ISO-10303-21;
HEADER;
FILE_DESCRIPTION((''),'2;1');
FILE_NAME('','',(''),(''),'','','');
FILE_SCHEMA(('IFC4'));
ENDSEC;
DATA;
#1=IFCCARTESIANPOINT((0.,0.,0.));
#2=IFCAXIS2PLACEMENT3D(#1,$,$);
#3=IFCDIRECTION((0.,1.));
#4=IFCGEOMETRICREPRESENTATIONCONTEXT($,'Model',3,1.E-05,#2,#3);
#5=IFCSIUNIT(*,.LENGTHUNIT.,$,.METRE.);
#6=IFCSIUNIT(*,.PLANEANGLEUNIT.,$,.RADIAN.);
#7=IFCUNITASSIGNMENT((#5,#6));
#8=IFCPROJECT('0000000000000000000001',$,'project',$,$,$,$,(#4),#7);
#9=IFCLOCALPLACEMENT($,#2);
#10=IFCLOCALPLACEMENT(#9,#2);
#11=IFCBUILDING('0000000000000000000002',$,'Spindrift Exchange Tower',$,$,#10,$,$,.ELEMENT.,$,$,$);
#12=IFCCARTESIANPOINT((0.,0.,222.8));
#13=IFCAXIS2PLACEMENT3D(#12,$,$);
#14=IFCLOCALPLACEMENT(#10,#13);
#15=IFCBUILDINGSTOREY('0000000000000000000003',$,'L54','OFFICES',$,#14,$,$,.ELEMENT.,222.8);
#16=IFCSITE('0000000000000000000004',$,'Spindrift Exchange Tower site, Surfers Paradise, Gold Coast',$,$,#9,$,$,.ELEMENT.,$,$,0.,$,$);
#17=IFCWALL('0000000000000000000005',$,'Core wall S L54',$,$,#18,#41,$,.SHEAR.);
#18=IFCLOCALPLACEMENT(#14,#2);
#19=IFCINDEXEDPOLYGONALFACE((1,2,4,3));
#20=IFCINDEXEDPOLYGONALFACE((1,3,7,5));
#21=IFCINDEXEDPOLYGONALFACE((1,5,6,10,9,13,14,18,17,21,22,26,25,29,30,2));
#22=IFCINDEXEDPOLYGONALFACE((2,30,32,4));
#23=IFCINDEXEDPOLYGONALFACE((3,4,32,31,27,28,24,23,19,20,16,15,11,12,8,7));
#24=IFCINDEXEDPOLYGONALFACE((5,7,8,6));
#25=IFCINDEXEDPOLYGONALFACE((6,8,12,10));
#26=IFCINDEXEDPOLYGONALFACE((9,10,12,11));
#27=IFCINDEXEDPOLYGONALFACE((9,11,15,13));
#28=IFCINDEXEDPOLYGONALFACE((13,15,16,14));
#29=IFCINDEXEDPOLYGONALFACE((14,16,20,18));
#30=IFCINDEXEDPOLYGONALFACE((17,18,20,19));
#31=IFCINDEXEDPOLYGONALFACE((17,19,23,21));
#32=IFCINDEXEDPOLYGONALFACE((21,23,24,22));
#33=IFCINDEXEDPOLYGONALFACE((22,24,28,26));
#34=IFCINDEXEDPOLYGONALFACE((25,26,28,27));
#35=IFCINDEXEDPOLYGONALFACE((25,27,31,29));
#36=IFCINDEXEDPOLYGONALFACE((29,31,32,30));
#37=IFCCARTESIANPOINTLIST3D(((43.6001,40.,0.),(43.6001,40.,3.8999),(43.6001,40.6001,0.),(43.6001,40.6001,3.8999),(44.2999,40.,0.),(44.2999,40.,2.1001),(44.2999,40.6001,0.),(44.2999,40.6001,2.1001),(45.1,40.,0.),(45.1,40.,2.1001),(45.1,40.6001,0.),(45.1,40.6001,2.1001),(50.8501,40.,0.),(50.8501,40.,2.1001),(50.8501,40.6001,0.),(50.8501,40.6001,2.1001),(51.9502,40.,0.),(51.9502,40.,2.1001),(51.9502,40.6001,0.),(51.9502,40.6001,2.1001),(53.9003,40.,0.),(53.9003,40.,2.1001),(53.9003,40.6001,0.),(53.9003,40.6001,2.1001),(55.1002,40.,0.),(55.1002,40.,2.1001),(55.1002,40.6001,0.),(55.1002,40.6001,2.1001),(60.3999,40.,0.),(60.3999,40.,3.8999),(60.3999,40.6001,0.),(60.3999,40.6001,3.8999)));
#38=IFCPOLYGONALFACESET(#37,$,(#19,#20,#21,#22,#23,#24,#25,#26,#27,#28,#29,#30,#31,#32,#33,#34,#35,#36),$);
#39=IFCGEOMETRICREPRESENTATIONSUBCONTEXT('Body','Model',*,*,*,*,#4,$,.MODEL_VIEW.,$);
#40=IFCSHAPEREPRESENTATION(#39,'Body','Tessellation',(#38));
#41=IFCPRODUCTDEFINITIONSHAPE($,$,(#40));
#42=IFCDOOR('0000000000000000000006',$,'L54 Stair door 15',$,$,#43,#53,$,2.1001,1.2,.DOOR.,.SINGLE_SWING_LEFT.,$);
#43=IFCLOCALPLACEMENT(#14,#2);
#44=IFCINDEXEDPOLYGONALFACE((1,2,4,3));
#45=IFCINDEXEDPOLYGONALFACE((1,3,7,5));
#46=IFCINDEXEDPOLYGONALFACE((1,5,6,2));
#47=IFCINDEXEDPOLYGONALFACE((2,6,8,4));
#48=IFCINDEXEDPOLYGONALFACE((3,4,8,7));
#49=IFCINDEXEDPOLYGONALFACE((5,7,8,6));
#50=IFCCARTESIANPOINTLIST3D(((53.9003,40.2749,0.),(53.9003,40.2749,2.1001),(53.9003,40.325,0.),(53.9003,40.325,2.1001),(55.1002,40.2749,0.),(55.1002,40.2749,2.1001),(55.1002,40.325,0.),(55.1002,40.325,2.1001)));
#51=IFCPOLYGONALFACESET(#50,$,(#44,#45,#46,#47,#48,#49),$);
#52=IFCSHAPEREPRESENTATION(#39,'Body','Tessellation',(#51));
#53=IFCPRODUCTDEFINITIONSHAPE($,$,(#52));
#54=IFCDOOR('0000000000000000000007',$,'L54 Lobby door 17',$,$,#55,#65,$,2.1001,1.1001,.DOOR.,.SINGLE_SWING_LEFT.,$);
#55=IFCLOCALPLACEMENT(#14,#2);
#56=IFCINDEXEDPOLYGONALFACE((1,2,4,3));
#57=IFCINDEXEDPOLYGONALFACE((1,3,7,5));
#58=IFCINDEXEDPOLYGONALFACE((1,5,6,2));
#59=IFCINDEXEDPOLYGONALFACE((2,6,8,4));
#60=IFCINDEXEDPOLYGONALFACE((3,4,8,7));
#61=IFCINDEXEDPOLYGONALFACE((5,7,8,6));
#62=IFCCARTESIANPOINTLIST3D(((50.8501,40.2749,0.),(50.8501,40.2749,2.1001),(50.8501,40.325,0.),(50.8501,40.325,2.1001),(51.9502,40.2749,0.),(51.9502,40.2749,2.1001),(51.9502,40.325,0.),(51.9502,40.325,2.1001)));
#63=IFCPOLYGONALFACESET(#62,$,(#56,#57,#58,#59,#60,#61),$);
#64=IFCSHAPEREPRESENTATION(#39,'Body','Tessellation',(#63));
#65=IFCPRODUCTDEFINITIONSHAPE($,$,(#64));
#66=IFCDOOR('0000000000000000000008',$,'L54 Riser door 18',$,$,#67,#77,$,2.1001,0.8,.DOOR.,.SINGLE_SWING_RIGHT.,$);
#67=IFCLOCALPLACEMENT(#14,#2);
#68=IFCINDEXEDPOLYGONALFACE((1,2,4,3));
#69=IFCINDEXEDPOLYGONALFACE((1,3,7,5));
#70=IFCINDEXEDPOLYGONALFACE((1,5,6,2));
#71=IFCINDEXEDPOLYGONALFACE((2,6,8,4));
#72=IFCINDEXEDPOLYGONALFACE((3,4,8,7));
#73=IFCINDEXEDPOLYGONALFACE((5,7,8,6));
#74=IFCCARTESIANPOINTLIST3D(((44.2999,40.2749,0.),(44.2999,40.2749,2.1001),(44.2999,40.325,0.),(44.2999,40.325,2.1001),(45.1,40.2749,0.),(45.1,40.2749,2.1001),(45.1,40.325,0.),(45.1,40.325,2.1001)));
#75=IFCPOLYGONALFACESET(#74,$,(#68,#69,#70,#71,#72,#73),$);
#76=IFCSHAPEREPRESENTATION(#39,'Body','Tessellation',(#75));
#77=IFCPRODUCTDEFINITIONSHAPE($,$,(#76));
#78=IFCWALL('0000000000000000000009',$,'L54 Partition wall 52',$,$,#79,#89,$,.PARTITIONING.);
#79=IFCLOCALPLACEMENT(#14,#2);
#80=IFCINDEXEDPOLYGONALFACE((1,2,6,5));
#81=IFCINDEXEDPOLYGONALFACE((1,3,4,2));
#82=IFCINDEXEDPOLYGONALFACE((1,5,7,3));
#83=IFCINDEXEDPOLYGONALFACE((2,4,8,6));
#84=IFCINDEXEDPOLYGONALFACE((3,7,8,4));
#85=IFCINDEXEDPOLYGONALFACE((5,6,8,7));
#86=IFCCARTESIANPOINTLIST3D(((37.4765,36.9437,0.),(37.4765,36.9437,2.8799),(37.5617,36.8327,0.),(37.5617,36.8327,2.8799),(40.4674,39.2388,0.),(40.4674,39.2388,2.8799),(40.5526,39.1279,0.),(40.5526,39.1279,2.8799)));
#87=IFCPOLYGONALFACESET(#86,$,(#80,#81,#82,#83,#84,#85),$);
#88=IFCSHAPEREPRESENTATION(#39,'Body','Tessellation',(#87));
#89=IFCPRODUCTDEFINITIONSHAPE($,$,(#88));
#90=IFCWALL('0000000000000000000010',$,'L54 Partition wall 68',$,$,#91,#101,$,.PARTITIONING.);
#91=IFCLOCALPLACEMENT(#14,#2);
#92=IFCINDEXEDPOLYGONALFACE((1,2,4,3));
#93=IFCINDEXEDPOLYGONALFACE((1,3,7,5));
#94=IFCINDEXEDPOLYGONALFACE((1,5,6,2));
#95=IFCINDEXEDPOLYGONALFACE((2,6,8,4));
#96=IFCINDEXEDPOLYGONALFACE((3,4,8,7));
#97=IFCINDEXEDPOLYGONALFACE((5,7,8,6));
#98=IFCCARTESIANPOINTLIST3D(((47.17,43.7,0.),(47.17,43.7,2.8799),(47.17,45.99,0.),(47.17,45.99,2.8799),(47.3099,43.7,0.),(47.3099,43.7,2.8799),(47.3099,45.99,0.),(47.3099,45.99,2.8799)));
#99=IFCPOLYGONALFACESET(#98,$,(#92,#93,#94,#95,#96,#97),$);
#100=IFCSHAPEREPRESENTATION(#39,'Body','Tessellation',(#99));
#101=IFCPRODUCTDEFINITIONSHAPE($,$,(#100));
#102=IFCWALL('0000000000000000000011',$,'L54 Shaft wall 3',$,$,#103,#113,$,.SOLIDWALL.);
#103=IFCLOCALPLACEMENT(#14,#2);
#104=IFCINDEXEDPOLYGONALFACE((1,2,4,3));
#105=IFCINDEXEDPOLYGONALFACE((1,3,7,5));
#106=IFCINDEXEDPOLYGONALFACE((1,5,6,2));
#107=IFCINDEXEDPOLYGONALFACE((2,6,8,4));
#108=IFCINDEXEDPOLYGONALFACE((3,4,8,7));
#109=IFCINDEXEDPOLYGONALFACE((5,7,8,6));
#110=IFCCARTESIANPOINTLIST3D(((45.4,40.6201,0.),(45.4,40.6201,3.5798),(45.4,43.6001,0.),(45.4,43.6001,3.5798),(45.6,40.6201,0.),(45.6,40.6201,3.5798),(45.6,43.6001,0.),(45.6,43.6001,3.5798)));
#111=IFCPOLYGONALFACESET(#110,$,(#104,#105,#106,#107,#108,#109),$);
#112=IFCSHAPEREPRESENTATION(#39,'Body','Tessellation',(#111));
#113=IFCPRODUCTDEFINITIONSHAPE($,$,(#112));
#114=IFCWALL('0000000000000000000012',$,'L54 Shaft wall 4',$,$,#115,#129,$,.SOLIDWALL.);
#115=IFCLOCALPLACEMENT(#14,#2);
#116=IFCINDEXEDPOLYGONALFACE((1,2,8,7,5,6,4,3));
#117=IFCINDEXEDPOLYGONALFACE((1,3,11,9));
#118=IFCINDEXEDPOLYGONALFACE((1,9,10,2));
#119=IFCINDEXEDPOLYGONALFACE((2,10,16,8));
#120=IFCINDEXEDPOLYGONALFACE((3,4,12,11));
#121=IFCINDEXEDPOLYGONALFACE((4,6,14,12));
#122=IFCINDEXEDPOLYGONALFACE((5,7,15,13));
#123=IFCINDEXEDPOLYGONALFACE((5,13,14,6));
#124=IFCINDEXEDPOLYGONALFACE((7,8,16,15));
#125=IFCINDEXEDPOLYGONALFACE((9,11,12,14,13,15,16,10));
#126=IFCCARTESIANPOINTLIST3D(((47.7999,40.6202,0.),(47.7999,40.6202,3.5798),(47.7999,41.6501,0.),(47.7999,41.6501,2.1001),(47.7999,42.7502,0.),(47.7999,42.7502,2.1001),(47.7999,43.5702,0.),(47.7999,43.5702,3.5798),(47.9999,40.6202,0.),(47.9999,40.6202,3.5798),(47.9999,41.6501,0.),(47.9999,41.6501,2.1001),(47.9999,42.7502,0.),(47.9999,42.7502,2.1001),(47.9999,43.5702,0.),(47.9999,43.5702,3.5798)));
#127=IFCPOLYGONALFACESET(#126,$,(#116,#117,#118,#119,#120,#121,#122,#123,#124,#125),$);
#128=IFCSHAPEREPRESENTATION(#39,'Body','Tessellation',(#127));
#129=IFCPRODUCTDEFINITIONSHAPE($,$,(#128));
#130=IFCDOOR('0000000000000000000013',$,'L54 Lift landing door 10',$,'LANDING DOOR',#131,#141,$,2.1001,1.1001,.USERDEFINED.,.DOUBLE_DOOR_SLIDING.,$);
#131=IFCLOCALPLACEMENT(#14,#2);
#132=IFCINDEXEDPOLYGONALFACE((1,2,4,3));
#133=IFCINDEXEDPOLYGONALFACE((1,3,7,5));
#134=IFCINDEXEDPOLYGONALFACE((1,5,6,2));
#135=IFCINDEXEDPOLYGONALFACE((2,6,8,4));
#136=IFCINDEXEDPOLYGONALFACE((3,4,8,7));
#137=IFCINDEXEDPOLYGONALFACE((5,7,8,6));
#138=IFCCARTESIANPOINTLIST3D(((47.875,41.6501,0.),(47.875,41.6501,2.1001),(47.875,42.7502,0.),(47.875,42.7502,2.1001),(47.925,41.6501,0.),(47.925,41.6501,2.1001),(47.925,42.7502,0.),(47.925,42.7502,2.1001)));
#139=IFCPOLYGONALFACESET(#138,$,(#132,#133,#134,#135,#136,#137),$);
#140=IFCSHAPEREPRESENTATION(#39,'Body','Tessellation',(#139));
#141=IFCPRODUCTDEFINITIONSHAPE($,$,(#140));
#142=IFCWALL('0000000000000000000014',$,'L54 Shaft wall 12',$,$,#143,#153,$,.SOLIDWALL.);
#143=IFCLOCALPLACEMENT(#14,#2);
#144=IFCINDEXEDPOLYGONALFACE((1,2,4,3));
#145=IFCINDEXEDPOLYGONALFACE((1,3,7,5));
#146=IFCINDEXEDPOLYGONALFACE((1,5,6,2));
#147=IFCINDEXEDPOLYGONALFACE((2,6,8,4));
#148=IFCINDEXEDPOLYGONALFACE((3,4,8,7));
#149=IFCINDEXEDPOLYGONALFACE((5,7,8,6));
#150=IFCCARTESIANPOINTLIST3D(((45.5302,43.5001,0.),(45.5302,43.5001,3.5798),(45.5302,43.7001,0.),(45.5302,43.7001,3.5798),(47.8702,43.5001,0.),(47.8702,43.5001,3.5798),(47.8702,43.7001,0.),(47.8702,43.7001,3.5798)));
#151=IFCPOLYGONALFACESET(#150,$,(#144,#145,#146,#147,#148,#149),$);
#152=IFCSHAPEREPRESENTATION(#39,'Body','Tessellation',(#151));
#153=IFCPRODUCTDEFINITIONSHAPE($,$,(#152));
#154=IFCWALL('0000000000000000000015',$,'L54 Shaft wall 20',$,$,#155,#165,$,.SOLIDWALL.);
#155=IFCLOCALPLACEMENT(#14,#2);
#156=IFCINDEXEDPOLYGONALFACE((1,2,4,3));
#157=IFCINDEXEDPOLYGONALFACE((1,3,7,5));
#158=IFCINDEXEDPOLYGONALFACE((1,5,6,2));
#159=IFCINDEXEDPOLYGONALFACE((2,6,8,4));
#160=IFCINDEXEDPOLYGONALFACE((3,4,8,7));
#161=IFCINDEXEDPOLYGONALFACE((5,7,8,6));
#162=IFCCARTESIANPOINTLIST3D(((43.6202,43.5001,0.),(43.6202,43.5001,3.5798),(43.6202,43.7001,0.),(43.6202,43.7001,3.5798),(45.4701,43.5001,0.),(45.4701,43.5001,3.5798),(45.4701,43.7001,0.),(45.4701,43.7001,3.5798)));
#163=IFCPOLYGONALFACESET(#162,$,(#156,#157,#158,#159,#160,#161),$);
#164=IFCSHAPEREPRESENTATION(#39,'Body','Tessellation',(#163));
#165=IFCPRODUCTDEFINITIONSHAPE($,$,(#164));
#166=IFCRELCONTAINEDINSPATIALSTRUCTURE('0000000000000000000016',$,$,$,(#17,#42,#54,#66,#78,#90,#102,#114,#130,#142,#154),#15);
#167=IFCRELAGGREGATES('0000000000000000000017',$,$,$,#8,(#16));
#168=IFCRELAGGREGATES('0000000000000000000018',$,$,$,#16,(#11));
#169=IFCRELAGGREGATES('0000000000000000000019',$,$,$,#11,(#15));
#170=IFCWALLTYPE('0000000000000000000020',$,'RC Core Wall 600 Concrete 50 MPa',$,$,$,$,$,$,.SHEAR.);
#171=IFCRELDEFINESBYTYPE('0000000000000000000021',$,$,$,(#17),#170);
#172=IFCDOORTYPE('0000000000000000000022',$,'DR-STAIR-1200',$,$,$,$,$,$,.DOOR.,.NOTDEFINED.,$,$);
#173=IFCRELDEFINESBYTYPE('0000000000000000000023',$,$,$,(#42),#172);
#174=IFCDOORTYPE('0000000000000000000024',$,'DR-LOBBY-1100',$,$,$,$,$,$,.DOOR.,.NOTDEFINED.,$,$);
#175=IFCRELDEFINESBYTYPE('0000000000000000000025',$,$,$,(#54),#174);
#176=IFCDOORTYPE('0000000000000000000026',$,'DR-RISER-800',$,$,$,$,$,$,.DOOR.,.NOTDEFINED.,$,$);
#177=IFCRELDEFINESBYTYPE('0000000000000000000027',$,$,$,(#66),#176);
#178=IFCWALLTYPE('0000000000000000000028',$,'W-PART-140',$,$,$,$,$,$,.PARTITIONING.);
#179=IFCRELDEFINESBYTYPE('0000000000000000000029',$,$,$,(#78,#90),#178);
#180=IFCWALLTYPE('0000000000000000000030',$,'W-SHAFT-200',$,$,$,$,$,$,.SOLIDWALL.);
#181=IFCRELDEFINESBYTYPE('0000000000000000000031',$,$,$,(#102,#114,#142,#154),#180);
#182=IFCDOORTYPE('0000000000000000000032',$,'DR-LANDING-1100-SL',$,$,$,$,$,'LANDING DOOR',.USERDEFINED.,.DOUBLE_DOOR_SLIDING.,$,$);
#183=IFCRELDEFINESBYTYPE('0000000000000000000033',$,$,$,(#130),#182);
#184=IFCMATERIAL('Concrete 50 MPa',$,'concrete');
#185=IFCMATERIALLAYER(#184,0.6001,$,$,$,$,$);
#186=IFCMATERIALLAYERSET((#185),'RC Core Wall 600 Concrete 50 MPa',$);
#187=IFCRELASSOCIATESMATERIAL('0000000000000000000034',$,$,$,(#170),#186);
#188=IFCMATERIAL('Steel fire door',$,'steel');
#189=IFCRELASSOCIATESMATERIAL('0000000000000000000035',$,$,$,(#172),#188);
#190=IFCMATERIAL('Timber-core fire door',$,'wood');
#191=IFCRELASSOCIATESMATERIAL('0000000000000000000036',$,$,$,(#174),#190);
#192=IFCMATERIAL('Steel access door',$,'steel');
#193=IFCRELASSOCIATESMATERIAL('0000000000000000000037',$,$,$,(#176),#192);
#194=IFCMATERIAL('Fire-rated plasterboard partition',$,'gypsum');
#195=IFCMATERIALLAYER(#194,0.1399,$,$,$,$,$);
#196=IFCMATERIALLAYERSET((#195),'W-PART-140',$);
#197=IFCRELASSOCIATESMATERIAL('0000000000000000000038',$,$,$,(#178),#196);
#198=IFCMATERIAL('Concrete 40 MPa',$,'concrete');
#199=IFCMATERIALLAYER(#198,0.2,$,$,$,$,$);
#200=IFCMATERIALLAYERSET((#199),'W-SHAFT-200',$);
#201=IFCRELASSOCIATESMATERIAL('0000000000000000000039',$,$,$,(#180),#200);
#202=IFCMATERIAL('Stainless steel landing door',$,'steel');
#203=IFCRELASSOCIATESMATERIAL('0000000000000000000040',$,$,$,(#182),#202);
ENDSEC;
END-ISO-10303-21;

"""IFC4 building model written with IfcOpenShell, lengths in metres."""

from ifc_helpers import new_model, si_unit, direction, frame, frame_2d, origin, place, context, subcontext, project, spatial, rectangle, extrude, source, transform, mapped, material, layer, layer_set, type_object, element, fill, save


model = new_model("IFC4")

# Units and contexts
model_context = context("Model", 3, precision=1e-05, world=origin(), true_north=direction((0.0, 1.0)))
body_context = subcontext(model_context, "Body", "Model", "MODEL_VIEW")
ifc_project = project(units=[si_unit("LENGTHUNIT", "METRE"), si_unit("PLANEANGLEUNIT", "RADIAN")], contexts=[model_context])

# Site, building, storey
site_placement = place(None, origin())
site = spatial("IfcSite", under=ifc_project, at=site_placement, Name="Spindrift Exchange Tower site, Surfers Paradise, Gold Coast", CompositionType="ELEMENT", RefElevation=0.0)
building_placement = place(site_placement, origin())
building = spatial("IfcBuilding", under=site, at=building_placement, Name="Spindrift Exchange Tower", CompositionType="ELEMENT")
storey_placement = place(building_placement, frame((0.0, 0.0, 222.8)))
storey = spatial("IfcBuildingStorey", under=building, at=storey_placement, Name="L54", Description="OFFICES", CompositionType="ELEMENT", Elevation=222.8)

# Wall, openings, doors
ifc_material_1 = material(Name="Concrete 50 MPa", Category="concrete")
ifc_layer_1 = layer(ifc_material_1, 0.6001)
ifc_layer_set_1 = layer_set([ifc_layer_1], Name="RC Core Wall 600 Concrete 50 MPa")
wall_type_1 = type_object("IfcWallType", Name="RC Core Wall 600 Concrete 50 MPa", PredefinedType="SHEAR", material=ifc_layer_set_1)
wall_1_placement = place(storey_placement, frame((43.6001, 40.3, 0.0), z_axis=(0.0, 0.0, 1.0), x_axis=(1.0, 0.0, 0.0)))
wall_1 = element("IfcWall", 1, at=wall_1_placement, inside=storey, type_object=wall_type_1, Name="Core wall S L54", PredefinedType="SHEAR", context=body_context, shape_type="SweptSolid", body=[
    extrude(rectangle(XDim=16.7998, YDim=0.6001, at=frame_2d((8.3999, 0.0))), origin(), (0.0, 0.0, 1.0), 3.8999),
])
opening_1_placement = place(wall_1_placement, frame((10.3, 0.0, 0.0)))
opening_1 = element("IfcOpeningElement", 2, at=opening_1_placement, cuts=wall_1, PredefinedType="OPENING", context=body_context, shape_type="SweptSolid", body=[
    extrude(rectangle(XDim=1.2, YDim=2.1001, at=frame_2d((0.6001, 1.05))), frame((0.0, 0.3101, 0.0), z_axis=(0.0, -1.0, 0.0), x_axis=(1.0, 0.0, 0.0)), (0.0, 0.0, 1.0), 0.6201),
])
opening_2_placement = place(wall_1_placement, frame((7.25, 0.0, 0.0)))
opening_2 = element("IfcOpeningElement", 3, at=opening_2_placement, cuts=wall_1, PredefinedType="OPENING", context=body_context, shape_type="SweptSolid", body=[
    extrude(rectangle(XDim=1.1001, YDim=2.1001, at=frame_2d((0.55, 1.05))), frame((0.0, 0.3101, 0.0), z_axis=(0.0, -1.0, 0.0), x_axis=(1.0, 0.0, 0.0)), (0.0, 0.0, 1.0), 0.6201),
])
opening_3_placement = place(wall_1_placement, frame((0.7, 0.0, 0.0)))
opening_3 = element("IfcOpeningElement", 4, at=opening_3_placement, cuts=wall_1, PredefinedType="OPENING", context=body_context, shape_type="SweptSolid", body=[
    extrude(rectangle(XDim=0.8, YDim=2.1001, at=frame_2d((0.3999, 1.05))), frame((0.0, 0.3101, 0.0), z_axis=(0.0, -1.0, 0.0), x_axis=(1.0, 0.0, 0.0)), (0.0, 0.0, 1.0), 0.6201),
])
ifc_material_2 = material(Name="Steel fire door", Category="steel")
door_type_1 = type_object("IfcDoorType", Name="DR-STAIR-1200", OperationType="NOTDEFINED", PredefinedType="DOOR", material=ifc_material_2)
shared_shape_1 = source(origin(), body_context, "Body", "SweptSolid", [
    extrude(rectangle(XDim=1.2, YDim=2.1001, at=frame_2d((0.6001, 1.05))), frame((0.0, 0.0249, 0.0), z_axis=(0.0, -1.0, 0.0), x_axis=(1.0, 0.0, 0.0)), (0.0, 0.0, 1.0), 0.05),
])
door_1_placement = place(opening_1_placement, origin())
door_1 = element("IfcDoor", 5, at=door_1_placement, inside=storey, type_object=door_type_1, Name="L54 Stair door 15", OperationType="SINGLE_SWING_LEFT", OverallHeight=2.1001, OverallWidth=1.2, PredefinedType="DOOR", context=body_context, shape_type="MappedRepresentation", body=[
    mapped(shared_shape_1, transform((0.0, 0.0, 0.0), scale=1.0)),
])
fill(opening_1, door_1)
ifc_material_3 = material(Name="Timber-core fire door", Category="wood")
door_type_2 = type_object("IfcDoorType", Name="DR-LOBBY-1100", OperationType="NOTDEFINED", PredefinedType="DOOR", material=ifc_material_3)
shared_shape_2 = source(origin(), body_context, "Body", "SweptSolid", [
    extrude(rectangle(XDim=1.1001, YDim=2.1001, at=frame_2d((0.55, 1.05))), frame((0.0, 0.0249, 0.0), z_axis=(0.0, -1.0, 0.0), x_axis=(1.0, 0.0, 0.0)), (0.0, 0.0, 1.0), 0.05),
])
door_2_placement = place(opening_2_placement, origin())
door_2 = element("IfcDoor", 6, at=door_2_placement, inside=storey, type_object=door_type_2, Name="L54 Lobby door 17", OperationType="SINGLE_SWING_LEFT", OverallHeight=2.1001, OverallWidth=1.1001, PredefinedType="DOOR", context=body_context, shape_type="MappedRepresentation", body=[
    mapped(shared_shape_2, transform((0.0, 0.0, 0.0), scale=1.0)),
])
fill(opening_2, door_2)
ifc_material_4 = material(Name="Steel access door", Category="steel")
door_type_3 = type_object("IfcDoorType", Name="DR-RISER-800", OperationType="NOTDEFINED", PredefinedType="DOOR", material=ifc_material_4)
shared_shape_3 = source(origin(), body_context, "Body", "SweptSolid", [
    extrude(rectangle(XDim=0.8, YDim=2.1001, at=frame_2d((0.3999, 1.05))), frame((0.0, 0.0249, 0.0), z_axis=(0.0, -1.0, 0.0), x_axis=(1.0, 0.0, 0.0)), (0.0, 0.0, 1.0), 0.05),
])
door_3_placement = place(opening_3_placement, origin())
door_3 = element("IfcDoor", 7, at=door_3_placement, inside=storey, type_object=door_type_3, Name="L54 Riser door 18", OperationType="SINGLE_SWING_RIGHT", OverallHeight=2.1001, OverallWidth=0.8, PredefinedType="DOOR", context=body_context, shape_type="MappedRepresentation", body=[
    mapped(shared_shape_3, transform((0.0, 0.0, 0.0), scale=1.0)),
])
fill(opening_3, door_3)

# Walls
ifc_material_5 = material(Name="Fire-rated plasterboard partition", Category="gypsum")
ifc_layer_2 = layer(ifc_material_5, 0.1399)
ifc_layer_set_2 = layer_set([ifc_layer_2], Name="W-PART-140")
wall_type_2 = type_object("IfcWallType", Name="W-PART-140", PredefinedType="PARTITIONING", material=ifc_layer_set_2)
wall_2_placement = place(storey_placement, frame((40.51, 39.1833, 0.0), z_axis=(0.0, 0.0, 1.0), x_axis=(-0.793338, -0.608781, 0.0)))
element("IfcWall", 8, at=wall_2_placement, inside=storey, type_object=wall_type_2, Name="L54 Partition wall 52", PredefinedType="PARTITIONING", context=body_context, shape_type="SweptSolid", body=[
    extrude(rectangle(XDim=3.77, YDim=0.1399, at=frame_2d((1.885, 0.0))), origin(), (0.0, 0.0, 1.0), 2.8799),
])
wall_3_placement = place(storey_placement, frame((47.24, 43.7, 0.0), z_axis=(0.0, 0.0, 1.0), x_axis=(0.0, 1.0, 0.0)))
element("IfcWall", 9, at=wall_3_placement, inside=storey, type_object=wall_type_2, Name="L54 Partition wall 68", PredefinedType="PARTITIONING", context=body_context, shape_type="SweptSolid", body=[
    extrude(rectangle(XDim=2.29, YDim=0.1399, at=frame_2d((1.145, 0.0))), origin(), (0.0, 0.0, 1.0), 2.8799),
])
ifc_material_6 = material(Name="Concrete 40 MPa", Category="concrete")
ifc_layer_3 = layer(ifc_material_6, 0.2)
ifc_layer_set_3 = layer_set([ifc_layer_3], Name="W-SHAFT-200")
wall_type_3 = type_object("IfcWallType", Name="W-SHAFT-200", PredefinedType="SOLIDWALL", material=ifc_layer_set_3)
wall_4_placement = place(storey_placement, frame((45.5, 43.6001, 0.0), z_axis=(0.0, 0.0, 1.0), x_axis=(0.0, -1.0, 0.0)))
element("IfcWall", 10, at=wall_4_placement, inside=storey, type_object=wall_type_3, Name="L54 Shaft wall 3", PredefinedType="SOLIDWALL", context=body_context, shape_type="SweptSolid", body=[
    extrude(rectangle(XDim=2.98, YDim=0.2, at=frame_2d((1.49, 0.0))), origin(), (0.0, 0.0, 1.0), 3.5798),
])

# Wall, opening, door
wall_5_placement = place(storey_placement, frame((47.8999, 40.6201, 0.0), z_axis=(0.0, 0.0, 1.0), x_axis=(0.0, 1.0, 0.0)))
wall_5 = element("IfcWall", 11, at=wall_5_placement, inside=storey, type_object=wall_type_3, Name="L54 Shaft wall 4", PredefinedType="SOLIDWALL", context=body_context, shape_type="SweptSolid", body=[
    extrude(rectangle(XDim=2.95, YDim=0.2, at=frame_2d((1.4751, 0.0))), origin(), (0.0, 0.0, 1.0), 3.5798),
])
opening_4_placement = place(wall_5_placement, frame((1.03, 0.0, 0.0)))
opening_4 = element("IfcOpeningElement", 12, at=opening_4_placement, cuts=wall_5, PredefinedType="OPENING", context=body_context, shape_type="SweptSolid", body=[
    extrude(rectangle(XDim=1.1001, YDim=2.1001, at=frame_2d((0.55, 1.05))), frame((0.0, 0.1099, 0.0), z_axis=(0.0, -1.0, 0.0), x_axis=(1.0, 0.0, 0.0)), (0.0, 0.0, 1.0), 0.22),
])
ifc_material_7 = material(Name="Stainless steel landing door", Category="steel")
door_type_4 = type_object("IfcDoorType", Name="DR-LANDING-1100-SL", ElementType="LANDING DOOR", OperationType="DOUBLE_DOOR_SLIDING", PredefinedType="USERDEFINED", material=ifc_material_7)
shared_shape_4 = source(origin(), body_context, "Body", "SweptSolid", [
    extrude(rectangle(XDim=1.1001, YDim=2.1001, at=frame_2d((0.55, 1.05))), frame((0.0, 0.0249, 0.0), z_axis=(0.0, -1.0, 0.0), x_axis=(1.0, 0.0, 0.0)), (0.0, 0.0, 1.0), 0.05),
])
door_4_placement = place(opening_4_placement, origin())
door_4 = element("IfcDoor", 13, at=door_4_placement, inside=storey, type_object=door_type_4, Name="L54 Lift landing door 10", ObjectType="LANDING DOOR", OperationType="DOUBLE_DOOR_SLIDING", OverallHeight=2.1001, OverallWidth=1.1001, PredefinedType="USERDEFINED", context=body_context, shape_type="MappedRepresentation", body=[
    mapped(shared_shape_4, transform((0.0, 0.0, 0.0), scale=1.0)),
])
fill(opening_4, door_4)

# Walls
wall_6_placement = place(storey_placement, frame((47.8701, 43.6001, 0.0), z_axis=(0.0, 0.0, 1.0), x_axis=(-1.0, 0.0, 0.0)))
element("IfcWall", 14, at=wall_6_placement, inside=storey, type_object=wall_type_3, Name="L54 Shaft wall 12", PredefinedType="SOLIDWALL", context=body_context, shape_type="SweptSolid", body=[
    extrude(rectangle(XDim=2.3401, YDim=0.2, at=frame_2d((1.1699, 0.0))), origin(), (0.0, 0.0, 1.0), 3.5798),
])
wall_7_placement = place(storey_placement, frame((45.47, 43.6001, 0.0), z_axis=(0.0, 0.0, 1.0), x_axis=(-1.0, 0.0, 0.0)))
element("IfcWall", 15, at=wall_7_placement, inside=storey, type_object=wall_type_3, Name="L54 Shaft wall 20", PredefinedType="SOLIDWALL", context=body_context, shape_type="SweptSolid", body=[
    extrude(rectangle(XDim=1.8499, YDim=0.2, at=frame_2d((0.9248, 0.0))), origin(), (0.0, 0.0, 1.0), 3.5798),
])

save(model, "model.ifc")
